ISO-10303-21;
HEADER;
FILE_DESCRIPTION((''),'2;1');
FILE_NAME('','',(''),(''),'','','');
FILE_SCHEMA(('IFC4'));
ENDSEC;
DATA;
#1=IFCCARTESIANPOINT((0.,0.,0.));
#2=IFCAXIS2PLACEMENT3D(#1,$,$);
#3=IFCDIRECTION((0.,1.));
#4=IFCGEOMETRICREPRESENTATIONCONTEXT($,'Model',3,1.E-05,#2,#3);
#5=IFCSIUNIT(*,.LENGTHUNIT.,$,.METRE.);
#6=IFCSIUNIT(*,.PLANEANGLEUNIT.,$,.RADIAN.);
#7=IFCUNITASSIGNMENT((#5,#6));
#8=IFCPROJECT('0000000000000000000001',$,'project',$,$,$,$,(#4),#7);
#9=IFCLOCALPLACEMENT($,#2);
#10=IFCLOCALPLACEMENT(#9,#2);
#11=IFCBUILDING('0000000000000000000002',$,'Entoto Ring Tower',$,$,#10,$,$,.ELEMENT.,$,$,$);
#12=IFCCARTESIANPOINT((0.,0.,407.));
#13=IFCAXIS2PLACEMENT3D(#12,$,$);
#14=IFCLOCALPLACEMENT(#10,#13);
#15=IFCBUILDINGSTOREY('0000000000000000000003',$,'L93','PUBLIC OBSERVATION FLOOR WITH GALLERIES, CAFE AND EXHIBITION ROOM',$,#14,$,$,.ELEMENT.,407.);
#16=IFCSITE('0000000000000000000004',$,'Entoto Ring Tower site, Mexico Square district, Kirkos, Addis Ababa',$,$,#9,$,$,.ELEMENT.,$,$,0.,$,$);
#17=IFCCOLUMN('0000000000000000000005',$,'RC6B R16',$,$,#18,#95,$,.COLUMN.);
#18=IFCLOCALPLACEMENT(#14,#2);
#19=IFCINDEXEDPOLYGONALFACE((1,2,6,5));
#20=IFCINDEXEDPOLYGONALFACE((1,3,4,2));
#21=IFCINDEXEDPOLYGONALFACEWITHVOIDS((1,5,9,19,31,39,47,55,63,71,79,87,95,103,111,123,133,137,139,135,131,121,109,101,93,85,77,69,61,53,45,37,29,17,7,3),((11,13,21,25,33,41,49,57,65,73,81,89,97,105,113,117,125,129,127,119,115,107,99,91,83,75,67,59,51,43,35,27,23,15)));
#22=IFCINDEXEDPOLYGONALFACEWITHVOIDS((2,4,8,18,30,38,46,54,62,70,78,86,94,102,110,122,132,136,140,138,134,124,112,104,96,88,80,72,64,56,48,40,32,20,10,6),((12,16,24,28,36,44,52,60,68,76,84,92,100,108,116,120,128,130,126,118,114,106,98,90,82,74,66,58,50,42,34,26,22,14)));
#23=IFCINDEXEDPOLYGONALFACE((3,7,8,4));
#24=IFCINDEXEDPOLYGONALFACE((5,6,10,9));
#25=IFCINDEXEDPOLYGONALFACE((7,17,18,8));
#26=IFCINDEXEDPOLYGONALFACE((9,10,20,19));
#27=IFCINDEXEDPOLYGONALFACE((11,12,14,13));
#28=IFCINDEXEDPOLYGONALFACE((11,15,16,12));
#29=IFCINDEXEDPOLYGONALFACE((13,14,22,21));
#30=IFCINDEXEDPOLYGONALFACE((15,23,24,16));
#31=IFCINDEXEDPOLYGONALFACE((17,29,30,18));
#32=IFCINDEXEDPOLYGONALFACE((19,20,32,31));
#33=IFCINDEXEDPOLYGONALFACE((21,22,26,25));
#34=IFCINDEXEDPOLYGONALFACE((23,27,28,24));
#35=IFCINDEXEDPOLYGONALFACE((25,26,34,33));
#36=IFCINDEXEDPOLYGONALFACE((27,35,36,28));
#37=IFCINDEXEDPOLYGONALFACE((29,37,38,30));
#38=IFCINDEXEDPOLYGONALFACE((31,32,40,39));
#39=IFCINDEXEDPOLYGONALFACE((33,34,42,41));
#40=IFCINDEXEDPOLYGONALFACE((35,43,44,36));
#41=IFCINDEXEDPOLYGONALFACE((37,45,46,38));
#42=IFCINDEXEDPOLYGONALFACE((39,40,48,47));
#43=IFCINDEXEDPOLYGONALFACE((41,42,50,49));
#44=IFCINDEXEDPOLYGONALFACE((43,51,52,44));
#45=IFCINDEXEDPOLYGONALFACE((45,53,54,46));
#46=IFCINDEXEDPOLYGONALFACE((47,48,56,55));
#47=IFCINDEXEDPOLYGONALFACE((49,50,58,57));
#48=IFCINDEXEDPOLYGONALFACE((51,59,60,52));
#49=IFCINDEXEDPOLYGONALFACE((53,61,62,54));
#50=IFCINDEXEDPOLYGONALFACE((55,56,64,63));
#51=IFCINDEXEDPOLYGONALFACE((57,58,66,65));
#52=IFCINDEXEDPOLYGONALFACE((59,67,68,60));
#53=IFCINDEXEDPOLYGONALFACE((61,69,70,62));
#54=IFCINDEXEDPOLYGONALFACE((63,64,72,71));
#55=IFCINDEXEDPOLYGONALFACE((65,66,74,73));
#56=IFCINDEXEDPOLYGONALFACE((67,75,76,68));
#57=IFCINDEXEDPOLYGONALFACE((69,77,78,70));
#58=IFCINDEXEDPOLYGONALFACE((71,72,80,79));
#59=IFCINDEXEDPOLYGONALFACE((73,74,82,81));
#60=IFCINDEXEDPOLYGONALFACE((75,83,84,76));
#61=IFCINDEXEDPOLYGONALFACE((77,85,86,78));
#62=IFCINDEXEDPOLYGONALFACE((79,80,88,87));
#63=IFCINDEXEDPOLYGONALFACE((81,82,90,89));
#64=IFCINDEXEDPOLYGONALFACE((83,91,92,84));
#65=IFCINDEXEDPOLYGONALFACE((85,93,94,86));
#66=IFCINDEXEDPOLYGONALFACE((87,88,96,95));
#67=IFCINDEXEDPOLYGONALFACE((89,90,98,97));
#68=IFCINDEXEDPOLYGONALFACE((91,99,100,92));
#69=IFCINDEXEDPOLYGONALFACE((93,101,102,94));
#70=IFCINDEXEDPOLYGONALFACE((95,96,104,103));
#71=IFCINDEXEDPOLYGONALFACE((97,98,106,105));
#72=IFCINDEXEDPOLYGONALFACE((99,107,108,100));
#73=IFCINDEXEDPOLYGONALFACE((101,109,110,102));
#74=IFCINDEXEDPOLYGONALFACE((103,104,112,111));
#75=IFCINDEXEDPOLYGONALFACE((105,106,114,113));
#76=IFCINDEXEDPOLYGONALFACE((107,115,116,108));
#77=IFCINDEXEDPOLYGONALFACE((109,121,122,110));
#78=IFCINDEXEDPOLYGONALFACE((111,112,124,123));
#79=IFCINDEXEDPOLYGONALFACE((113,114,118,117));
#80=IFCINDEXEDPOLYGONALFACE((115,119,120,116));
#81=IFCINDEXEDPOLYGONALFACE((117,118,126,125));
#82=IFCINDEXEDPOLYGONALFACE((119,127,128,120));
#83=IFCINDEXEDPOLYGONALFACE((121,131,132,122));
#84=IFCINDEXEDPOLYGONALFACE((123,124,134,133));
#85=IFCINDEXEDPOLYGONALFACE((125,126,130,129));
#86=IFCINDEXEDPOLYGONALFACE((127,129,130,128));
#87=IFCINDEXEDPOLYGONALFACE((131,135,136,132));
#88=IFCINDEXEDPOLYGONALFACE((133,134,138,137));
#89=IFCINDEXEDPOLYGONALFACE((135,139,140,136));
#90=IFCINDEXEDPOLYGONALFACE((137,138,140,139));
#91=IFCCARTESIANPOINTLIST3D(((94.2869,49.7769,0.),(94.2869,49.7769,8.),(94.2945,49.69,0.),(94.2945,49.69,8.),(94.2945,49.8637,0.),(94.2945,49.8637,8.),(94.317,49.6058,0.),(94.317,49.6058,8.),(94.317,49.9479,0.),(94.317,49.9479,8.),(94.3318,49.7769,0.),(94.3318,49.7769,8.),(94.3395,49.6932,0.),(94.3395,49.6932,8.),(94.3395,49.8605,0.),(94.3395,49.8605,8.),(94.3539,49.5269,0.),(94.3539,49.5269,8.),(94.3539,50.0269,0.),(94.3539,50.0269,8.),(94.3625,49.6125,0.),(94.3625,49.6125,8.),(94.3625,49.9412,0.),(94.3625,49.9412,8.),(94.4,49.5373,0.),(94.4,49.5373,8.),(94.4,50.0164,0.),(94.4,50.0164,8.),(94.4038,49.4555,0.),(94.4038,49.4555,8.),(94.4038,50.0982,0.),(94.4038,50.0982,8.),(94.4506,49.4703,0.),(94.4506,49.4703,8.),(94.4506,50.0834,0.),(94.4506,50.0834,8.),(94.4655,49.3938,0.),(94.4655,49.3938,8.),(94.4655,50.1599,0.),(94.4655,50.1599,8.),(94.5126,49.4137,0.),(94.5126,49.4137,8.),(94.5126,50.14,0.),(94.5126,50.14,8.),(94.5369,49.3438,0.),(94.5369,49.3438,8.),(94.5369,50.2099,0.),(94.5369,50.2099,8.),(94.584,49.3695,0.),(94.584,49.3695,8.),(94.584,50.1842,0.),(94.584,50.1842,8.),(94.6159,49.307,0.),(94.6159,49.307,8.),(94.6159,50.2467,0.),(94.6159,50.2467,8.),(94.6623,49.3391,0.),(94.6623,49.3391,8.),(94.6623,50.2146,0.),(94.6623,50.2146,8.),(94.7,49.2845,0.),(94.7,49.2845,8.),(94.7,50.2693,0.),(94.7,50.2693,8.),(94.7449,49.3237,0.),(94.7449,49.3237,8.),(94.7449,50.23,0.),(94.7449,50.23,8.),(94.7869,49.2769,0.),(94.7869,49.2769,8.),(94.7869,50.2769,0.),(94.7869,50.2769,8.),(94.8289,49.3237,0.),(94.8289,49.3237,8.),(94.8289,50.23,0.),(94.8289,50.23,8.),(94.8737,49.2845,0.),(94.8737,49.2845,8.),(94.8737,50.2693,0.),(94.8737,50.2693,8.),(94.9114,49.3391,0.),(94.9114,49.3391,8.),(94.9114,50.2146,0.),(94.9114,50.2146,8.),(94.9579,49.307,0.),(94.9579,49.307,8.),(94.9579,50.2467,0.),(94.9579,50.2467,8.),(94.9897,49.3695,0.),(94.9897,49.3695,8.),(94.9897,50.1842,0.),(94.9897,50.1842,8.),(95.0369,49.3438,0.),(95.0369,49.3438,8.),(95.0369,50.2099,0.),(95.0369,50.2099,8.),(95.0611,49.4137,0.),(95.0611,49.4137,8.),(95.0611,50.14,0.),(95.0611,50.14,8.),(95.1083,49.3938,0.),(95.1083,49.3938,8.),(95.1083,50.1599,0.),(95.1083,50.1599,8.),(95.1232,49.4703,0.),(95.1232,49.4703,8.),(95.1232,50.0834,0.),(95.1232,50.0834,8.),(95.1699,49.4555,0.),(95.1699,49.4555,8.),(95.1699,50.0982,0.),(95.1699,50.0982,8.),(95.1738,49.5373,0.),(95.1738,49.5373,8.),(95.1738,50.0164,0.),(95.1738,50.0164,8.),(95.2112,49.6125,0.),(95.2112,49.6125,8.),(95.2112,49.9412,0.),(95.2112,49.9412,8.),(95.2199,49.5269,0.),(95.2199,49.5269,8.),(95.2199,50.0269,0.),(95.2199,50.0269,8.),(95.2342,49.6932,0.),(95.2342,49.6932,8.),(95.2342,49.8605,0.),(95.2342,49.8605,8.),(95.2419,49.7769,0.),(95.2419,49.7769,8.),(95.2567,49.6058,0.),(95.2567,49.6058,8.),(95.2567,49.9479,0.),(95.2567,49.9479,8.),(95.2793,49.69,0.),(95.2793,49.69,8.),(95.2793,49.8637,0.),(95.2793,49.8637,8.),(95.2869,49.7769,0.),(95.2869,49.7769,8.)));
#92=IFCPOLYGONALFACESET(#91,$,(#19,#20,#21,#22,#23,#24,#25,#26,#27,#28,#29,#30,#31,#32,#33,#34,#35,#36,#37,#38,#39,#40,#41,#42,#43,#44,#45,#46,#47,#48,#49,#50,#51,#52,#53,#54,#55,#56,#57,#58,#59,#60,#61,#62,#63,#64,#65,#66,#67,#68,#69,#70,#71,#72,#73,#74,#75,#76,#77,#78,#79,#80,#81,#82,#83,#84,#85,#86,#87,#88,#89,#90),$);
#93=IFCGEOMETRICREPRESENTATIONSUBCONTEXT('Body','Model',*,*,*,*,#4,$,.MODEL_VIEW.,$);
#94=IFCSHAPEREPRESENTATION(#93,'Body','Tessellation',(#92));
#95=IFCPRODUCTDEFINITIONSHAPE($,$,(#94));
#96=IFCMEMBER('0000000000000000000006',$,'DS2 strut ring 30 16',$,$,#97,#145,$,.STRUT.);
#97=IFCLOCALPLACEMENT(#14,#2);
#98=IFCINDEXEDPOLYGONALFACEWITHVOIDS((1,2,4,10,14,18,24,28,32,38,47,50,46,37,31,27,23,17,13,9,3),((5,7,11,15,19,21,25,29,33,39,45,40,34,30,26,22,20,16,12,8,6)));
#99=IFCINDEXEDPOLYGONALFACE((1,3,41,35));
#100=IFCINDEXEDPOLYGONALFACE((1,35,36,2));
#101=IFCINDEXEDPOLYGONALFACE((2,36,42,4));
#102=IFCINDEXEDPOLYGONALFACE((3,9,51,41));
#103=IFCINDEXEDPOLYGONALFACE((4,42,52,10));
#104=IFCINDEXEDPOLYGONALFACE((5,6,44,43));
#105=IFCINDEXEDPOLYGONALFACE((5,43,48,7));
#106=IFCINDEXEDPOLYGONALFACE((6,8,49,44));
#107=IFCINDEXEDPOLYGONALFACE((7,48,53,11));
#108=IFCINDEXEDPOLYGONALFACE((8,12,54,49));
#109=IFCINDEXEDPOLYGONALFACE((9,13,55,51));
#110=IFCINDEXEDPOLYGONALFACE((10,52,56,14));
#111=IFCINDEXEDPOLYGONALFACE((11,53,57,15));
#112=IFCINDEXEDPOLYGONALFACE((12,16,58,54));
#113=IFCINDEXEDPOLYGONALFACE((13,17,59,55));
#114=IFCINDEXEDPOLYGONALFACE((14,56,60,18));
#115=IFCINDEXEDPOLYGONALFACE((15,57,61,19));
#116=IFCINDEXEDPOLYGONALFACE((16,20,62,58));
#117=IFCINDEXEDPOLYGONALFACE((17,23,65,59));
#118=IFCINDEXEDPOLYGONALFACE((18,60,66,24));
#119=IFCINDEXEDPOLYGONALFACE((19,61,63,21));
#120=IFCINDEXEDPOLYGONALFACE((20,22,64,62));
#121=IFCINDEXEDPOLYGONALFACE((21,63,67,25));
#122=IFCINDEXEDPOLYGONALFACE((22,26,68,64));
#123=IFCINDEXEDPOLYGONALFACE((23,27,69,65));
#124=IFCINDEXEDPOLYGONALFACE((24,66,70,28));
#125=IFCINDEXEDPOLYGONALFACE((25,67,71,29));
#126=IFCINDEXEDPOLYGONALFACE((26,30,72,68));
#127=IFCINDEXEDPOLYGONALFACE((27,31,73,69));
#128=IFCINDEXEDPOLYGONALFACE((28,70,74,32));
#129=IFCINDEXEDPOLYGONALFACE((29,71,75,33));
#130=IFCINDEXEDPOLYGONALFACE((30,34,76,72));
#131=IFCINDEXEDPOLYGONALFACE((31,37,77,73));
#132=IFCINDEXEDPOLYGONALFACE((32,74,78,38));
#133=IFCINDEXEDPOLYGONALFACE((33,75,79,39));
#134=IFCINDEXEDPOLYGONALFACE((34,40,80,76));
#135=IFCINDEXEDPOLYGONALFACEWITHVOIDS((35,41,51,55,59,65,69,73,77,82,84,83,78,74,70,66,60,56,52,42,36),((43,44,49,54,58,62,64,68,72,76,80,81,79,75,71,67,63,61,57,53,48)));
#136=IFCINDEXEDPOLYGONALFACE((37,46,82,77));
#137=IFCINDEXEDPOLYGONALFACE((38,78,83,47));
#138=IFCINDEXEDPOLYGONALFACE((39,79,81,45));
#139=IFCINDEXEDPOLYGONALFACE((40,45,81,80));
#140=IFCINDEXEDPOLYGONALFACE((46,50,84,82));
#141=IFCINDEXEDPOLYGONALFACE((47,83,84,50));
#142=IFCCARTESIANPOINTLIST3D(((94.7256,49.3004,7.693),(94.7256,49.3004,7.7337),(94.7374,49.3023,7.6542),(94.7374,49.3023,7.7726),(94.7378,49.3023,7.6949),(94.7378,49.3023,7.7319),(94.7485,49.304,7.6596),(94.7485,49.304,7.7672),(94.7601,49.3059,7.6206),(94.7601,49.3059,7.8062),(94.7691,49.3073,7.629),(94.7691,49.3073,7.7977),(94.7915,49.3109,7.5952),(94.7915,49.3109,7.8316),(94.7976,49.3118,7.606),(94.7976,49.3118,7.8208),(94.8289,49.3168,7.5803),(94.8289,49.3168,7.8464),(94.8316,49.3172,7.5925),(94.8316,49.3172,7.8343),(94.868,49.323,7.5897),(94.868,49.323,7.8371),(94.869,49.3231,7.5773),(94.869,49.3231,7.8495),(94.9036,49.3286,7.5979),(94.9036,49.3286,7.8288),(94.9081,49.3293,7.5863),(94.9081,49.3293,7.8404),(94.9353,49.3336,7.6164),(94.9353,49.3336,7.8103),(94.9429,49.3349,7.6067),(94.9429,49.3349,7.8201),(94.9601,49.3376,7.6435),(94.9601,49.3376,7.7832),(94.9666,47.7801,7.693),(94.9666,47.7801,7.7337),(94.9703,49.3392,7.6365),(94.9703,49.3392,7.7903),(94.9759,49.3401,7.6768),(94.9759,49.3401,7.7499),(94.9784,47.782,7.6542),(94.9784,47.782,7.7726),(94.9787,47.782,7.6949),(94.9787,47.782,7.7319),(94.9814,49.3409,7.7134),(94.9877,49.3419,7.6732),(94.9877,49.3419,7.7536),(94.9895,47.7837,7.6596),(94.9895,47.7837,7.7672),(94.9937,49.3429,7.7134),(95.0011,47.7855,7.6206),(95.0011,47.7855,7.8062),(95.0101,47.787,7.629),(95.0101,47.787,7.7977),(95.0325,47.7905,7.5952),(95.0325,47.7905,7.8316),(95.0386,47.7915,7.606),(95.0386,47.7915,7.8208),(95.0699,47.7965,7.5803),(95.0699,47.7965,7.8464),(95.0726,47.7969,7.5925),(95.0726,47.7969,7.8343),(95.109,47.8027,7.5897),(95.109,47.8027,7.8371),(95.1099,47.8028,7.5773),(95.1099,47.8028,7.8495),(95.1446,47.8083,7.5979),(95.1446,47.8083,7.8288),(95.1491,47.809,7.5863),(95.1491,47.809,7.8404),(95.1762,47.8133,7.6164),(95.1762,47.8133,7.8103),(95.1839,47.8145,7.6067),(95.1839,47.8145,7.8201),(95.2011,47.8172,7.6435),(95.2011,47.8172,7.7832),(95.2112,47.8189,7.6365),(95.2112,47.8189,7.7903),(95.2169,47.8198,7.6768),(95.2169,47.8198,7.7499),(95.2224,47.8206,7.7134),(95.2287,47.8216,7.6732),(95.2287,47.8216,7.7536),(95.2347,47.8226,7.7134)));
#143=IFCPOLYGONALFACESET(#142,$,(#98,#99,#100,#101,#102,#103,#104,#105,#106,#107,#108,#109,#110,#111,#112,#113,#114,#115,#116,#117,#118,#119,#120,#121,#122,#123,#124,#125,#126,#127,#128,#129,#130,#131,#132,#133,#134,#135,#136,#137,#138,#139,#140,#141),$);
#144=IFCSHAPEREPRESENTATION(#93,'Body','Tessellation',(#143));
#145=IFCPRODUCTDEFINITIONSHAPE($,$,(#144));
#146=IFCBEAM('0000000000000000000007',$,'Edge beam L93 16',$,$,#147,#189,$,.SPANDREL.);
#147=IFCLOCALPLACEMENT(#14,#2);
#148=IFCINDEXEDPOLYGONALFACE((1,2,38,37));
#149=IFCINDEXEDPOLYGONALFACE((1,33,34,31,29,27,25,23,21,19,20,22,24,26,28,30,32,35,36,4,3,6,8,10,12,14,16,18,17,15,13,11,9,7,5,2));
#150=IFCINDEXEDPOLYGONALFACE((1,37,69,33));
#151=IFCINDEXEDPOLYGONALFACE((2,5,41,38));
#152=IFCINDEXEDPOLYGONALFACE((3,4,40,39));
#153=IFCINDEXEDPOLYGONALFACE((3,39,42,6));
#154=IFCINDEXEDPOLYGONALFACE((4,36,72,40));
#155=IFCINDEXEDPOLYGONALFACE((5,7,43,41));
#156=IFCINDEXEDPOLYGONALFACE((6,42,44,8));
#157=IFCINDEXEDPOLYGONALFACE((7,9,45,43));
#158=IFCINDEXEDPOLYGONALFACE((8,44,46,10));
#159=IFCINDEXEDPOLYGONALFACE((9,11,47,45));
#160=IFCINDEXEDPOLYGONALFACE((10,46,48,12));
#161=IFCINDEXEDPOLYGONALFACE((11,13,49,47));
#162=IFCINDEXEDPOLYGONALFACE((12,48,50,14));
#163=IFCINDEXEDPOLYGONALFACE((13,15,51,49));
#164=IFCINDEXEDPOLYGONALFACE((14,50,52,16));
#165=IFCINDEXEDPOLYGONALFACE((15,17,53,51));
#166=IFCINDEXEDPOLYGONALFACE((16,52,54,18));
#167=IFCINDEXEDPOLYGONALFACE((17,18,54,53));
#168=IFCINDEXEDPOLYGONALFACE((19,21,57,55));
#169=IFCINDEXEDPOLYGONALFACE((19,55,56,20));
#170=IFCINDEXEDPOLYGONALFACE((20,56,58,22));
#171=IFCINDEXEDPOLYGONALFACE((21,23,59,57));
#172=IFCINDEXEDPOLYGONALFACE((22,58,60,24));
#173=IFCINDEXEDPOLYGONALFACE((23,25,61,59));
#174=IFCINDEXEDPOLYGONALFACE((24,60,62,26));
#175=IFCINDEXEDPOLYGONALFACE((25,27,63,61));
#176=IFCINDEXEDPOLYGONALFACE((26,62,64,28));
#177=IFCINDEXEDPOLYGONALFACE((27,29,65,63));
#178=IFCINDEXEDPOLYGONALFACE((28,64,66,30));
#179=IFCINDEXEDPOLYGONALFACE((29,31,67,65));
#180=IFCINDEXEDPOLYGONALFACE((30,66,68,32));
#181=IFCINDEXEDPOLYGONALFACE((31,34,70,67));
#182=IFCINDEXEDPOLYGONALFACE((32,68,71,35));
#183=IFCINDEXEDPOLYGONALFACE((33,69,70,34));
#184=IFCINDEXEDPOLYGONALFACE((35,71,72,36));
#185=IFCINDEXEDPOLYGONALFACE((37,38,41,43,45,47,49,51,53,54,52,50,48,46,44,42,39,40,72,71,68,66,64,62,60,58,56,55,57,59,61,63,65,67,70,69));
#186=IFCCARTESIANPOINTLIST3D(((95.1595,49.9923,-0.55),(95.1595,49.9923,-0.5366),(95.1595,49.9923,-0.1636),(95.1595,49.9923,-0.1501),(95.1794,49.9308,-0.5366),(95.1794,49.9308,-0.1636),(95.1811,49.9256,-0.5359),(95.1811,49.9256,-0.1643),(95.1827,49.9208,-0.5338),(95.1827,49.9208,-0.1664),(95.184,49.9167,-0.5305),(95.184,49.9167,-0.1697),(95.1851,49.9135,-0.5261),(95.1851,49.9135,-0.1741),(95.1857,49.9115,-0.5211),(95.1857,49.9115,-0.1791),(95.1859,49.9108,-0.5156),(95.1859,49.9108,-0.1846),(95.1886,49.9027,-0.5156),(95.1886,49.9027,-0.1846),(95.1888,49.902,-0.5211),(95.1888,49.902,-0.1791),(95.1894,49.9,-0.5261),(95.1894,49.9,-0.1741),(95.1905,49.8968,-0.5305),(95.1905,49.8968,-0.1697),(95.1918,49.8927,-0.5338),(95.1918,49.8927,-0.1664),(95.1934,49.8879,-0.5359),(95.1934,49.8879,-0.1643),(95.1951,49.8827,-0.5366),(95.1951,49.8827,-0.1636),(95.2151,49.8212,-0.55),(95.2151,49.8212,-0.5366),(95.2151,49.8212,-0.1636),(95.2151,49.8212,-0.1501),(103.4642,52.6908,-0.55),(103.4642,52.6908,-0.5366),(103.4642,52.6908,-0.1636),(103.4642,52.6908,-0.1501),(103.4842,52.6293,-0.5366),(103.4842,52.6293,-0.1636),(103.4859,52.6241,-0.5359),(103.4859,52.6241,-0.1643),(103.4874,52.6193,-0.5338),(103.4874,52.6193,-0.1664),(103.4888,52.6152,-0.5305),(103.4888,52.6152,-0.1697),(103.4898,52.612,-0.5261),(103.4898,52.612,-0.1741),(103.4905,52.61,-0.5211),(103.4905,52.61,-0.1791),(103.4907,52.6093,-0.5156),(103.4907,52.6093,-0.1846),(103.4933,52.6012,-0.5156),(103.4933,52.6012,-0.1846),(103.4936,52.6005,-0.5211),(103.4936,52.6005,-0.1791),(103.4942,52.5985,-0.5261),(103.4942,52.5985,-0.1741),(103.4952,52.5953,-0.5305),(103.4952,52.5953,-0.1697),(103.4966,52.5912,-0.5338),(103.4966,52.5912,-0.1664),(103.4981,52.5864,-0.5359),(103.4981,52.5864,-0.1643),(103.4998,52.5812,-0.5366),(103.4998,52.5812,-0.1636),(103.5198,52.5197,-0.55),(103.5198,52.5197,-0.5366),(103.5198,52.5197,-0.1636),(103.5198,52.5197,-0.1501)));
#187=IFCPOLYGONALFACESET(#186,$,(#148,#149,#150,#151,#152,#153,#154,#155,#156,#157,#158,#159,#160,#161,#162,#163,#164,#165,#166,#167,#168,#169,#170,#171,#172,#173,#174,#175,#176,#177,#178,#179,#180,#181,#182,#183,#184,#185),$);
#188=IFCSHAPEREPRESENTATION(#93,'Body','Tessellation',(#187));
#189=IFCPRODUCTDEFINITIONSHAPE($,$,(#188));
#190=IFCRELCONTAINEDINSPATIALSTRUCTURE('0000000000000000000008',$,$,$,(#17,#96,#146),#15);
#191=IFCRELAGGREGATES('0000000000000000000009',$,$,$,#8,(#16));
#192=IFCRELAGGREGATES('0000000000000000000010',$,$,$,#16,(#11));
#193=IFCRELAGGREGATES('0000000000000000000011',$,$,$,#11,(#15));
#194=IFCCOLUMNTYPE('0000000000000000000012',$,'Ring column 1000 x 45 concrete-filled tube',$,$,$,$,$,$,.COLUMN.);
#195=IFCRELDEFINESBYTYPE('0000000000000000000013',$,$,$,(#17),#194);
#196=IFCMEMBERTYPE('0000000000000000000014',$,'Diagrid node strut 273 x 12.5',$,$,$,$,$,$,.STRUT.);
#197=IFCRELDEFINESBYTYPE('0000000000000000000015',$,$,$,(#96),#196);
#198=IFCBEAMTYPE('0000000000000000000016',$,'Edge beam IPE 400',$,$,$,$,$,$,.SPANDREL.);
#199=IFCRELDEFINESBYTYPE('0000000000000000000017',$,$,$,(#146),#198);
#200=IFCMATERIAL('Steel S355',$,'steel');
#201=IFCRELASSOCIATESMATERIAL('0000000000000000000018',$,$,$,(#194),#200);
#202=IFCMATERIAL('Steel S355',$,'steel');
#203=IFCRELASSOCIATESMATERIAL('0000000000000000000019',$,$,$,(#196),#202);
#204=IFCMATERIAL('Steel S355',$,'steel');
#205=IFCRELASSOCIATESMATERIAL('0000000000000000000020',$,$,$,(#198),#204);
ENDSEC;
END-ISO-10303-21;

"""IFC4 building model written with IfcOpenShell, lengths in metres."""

from ifc_helpers import new_model, si_unit, direction, frame, origin, origin_2d, place, context, subcontext, project, spatial, circle, hollow_circle, i_section, extrude, material, material_profile, profile_set, type_object, element, save


model = new_model("IFC4")

# Units and contexts
model_context = context("Model", 3, precision=1e-05, world=origin(), true_north=direction((0.0, 1.0)))
body_context = subcontext(model_context, "Body", "Model", "MODEL_VIEW")
ifc_project = project(units=[si_unit("LENGTHUNIT", "METRE"), si_unit("PLANEANGLEUNIT", "RADIAN")], contexts=[model_context])

# Site, building, storey
site_placement = place(None, origin())
site = spatial("IfcSite", under=ifc_project, at=site_placement, Name="Entoto Ring Tower site, Mexico Square district, Kirkos, Addis Ababa", CompositionType="ELEMENT", RefElevation=0.0)
building_placement = place(site_placement, origin())
building = spatial("IfcBuilding", under=site, at=building_placement, Name="Entoto Ring Tower", CompositionType="ELEMENT")
storey_placement = place(building_placement, frame((0.0, 0.0, 407.0)))
storey = spatial("IfcBuildingStorey", under=building, at=storey_placement, Name="L93", Description="PUBLIC OBSERVATION FLOOR WITH GALLERIES, CAFE AND EXHIBITION ROOM", CompositionType="ELEMENT", Elevation=407.0)

# Column
ifc_material_1 = material(Name="Steel S355", Category="steel")
ifc_material_profile_1 = material_profile(ifc_material_1, hollow_circle(Radius=0.5, WallThickness=0.0449, at=origin_2d()), Name="CHS 1000 x 45")
ifc_material_2 = material(Name="Concrete C60/75", Category="concrete")
ifc_material_profile_2 = material_profile(ifc_material_2, circle(Radius=0.4551, at=origin_2d()), Name="Concrete C60/75 infill")
ifc_profile_set_1 = profile_set([ifc_material_profile_1, ifc_material_profile_2], Name="Steel S355")
column_type = type_object("IfcColumnType", Name="Ring column 1000 x 45 concrete-filled tube", PredefinedType="COLUMN", material=ifc_profile_set_1)
column_placement = place(storey_placement, frame((94.7869, 49.7769, 0.0), z_axis=(0.0, 0.0, 1.0), x_axis=(1.0, 0.0, 0.0)))
element("IfcColumn", 1, at=column_placement, inside=storey, type_object=column_type, Name="RC6B R16", PredefinedType="COLUMN", context=body_context, shape_type="SweptSolid", body=[
    extrude(hollow_circle(Radius=0.5, WallThickness=0.0449, at=origin_2d()), origin(), (0.0, 0.0, 1.0), 8.0),
])

# Member
ifc_material_3 = material(Name="Steel S355", Category="steel")
ifc_material_profile_3 = material_profile(ifc_material_3, hollow_circle(Radius=0.1365, WallThickness=0.0125, at=origin_2d()), Name="CHS 273 x 12.5")
ifc_material_4 = material(Name="Concrete C60/75", Category="concrete")
ifc_material_profile_4 = material_profile(ifc_material_4, circle(Radius=0.124, at=origin_2d()), Name="Concrete C60/75 infill")
ifc_profile_set_2 = profile_set([ifc_material_profile_3, ifc_material_profile_4], Name="Steel S355")
member_type = type_object("IfcMemberType", Name="Diagrid node strut 273 x 12.5", PredefinedType="STRUT", material=ifc_profile_set_2)
member_placement = place(storey_placement, frame((94.8589, 49.3215, 7.7134), z_axis=(0.156549, -0.98767, 0.0), x_axis=(0.98767, 0.156549, 0.0)))
element("IfcMember", 2, at=member_placement, inside=storey, type_object=member_type, Name="DS2 strut ring 30 16", PredefinedType="STRUT", context=body_context, shape_type="SweptSolid", body=[
    extrude(hollow_circle(Radius=0.1365, WallThickness=0.0125, at=origin_2d()), origin(), (0.0, 0.0, 1.0), 1.5393),
])

# Beam
ifc_material_5 = material(Name="Steel S355", Category="steel")
ifc_material_profile_5 = material_profile(ifc_material_5, i_section(OverallWidth=0.1799, OverallDepth=0.3999, WebThickness=0.0085, FlangeThickness=0.0134, FilletRadius=0.021, at=origin_2d()), Name="IPE 400")
ifc_profile_set_3 = profile_set([ifc_material_profile_5], Name="Steel S355")
beam_type_1 = type_object("IfcBeamType", Name="Edge beam IPE 400", PredefinedType="SPANDREL", material=ifc_profile_set_3)
beam_1_placement = place(storey_placement, frame((95.1873, 49.9067, -0.3501), z_axis=(0.951052, 0.30903, 0.0), x_axis=(-0.30903, 0.951052, 0.0)))
element("IfcBeam", 3, at=beam_1_placement, inside=storey, type_object=beam_type_1, Name="Edge beam L93 16", PredefinedType="SPANDREL", context=body_context, shape_type="SweptSolid", body=[
    extrude(i_section(OverallWidth=0.1799, OverallDepth=0.3999, WebThickness=0.0085, FlangeThickness=0.0134, FilletRadius=0.021, at=origin_2d()), origin(), (0.0, 0.0, 1.0), 8.7322),
])

save(model, "model.ifc")
